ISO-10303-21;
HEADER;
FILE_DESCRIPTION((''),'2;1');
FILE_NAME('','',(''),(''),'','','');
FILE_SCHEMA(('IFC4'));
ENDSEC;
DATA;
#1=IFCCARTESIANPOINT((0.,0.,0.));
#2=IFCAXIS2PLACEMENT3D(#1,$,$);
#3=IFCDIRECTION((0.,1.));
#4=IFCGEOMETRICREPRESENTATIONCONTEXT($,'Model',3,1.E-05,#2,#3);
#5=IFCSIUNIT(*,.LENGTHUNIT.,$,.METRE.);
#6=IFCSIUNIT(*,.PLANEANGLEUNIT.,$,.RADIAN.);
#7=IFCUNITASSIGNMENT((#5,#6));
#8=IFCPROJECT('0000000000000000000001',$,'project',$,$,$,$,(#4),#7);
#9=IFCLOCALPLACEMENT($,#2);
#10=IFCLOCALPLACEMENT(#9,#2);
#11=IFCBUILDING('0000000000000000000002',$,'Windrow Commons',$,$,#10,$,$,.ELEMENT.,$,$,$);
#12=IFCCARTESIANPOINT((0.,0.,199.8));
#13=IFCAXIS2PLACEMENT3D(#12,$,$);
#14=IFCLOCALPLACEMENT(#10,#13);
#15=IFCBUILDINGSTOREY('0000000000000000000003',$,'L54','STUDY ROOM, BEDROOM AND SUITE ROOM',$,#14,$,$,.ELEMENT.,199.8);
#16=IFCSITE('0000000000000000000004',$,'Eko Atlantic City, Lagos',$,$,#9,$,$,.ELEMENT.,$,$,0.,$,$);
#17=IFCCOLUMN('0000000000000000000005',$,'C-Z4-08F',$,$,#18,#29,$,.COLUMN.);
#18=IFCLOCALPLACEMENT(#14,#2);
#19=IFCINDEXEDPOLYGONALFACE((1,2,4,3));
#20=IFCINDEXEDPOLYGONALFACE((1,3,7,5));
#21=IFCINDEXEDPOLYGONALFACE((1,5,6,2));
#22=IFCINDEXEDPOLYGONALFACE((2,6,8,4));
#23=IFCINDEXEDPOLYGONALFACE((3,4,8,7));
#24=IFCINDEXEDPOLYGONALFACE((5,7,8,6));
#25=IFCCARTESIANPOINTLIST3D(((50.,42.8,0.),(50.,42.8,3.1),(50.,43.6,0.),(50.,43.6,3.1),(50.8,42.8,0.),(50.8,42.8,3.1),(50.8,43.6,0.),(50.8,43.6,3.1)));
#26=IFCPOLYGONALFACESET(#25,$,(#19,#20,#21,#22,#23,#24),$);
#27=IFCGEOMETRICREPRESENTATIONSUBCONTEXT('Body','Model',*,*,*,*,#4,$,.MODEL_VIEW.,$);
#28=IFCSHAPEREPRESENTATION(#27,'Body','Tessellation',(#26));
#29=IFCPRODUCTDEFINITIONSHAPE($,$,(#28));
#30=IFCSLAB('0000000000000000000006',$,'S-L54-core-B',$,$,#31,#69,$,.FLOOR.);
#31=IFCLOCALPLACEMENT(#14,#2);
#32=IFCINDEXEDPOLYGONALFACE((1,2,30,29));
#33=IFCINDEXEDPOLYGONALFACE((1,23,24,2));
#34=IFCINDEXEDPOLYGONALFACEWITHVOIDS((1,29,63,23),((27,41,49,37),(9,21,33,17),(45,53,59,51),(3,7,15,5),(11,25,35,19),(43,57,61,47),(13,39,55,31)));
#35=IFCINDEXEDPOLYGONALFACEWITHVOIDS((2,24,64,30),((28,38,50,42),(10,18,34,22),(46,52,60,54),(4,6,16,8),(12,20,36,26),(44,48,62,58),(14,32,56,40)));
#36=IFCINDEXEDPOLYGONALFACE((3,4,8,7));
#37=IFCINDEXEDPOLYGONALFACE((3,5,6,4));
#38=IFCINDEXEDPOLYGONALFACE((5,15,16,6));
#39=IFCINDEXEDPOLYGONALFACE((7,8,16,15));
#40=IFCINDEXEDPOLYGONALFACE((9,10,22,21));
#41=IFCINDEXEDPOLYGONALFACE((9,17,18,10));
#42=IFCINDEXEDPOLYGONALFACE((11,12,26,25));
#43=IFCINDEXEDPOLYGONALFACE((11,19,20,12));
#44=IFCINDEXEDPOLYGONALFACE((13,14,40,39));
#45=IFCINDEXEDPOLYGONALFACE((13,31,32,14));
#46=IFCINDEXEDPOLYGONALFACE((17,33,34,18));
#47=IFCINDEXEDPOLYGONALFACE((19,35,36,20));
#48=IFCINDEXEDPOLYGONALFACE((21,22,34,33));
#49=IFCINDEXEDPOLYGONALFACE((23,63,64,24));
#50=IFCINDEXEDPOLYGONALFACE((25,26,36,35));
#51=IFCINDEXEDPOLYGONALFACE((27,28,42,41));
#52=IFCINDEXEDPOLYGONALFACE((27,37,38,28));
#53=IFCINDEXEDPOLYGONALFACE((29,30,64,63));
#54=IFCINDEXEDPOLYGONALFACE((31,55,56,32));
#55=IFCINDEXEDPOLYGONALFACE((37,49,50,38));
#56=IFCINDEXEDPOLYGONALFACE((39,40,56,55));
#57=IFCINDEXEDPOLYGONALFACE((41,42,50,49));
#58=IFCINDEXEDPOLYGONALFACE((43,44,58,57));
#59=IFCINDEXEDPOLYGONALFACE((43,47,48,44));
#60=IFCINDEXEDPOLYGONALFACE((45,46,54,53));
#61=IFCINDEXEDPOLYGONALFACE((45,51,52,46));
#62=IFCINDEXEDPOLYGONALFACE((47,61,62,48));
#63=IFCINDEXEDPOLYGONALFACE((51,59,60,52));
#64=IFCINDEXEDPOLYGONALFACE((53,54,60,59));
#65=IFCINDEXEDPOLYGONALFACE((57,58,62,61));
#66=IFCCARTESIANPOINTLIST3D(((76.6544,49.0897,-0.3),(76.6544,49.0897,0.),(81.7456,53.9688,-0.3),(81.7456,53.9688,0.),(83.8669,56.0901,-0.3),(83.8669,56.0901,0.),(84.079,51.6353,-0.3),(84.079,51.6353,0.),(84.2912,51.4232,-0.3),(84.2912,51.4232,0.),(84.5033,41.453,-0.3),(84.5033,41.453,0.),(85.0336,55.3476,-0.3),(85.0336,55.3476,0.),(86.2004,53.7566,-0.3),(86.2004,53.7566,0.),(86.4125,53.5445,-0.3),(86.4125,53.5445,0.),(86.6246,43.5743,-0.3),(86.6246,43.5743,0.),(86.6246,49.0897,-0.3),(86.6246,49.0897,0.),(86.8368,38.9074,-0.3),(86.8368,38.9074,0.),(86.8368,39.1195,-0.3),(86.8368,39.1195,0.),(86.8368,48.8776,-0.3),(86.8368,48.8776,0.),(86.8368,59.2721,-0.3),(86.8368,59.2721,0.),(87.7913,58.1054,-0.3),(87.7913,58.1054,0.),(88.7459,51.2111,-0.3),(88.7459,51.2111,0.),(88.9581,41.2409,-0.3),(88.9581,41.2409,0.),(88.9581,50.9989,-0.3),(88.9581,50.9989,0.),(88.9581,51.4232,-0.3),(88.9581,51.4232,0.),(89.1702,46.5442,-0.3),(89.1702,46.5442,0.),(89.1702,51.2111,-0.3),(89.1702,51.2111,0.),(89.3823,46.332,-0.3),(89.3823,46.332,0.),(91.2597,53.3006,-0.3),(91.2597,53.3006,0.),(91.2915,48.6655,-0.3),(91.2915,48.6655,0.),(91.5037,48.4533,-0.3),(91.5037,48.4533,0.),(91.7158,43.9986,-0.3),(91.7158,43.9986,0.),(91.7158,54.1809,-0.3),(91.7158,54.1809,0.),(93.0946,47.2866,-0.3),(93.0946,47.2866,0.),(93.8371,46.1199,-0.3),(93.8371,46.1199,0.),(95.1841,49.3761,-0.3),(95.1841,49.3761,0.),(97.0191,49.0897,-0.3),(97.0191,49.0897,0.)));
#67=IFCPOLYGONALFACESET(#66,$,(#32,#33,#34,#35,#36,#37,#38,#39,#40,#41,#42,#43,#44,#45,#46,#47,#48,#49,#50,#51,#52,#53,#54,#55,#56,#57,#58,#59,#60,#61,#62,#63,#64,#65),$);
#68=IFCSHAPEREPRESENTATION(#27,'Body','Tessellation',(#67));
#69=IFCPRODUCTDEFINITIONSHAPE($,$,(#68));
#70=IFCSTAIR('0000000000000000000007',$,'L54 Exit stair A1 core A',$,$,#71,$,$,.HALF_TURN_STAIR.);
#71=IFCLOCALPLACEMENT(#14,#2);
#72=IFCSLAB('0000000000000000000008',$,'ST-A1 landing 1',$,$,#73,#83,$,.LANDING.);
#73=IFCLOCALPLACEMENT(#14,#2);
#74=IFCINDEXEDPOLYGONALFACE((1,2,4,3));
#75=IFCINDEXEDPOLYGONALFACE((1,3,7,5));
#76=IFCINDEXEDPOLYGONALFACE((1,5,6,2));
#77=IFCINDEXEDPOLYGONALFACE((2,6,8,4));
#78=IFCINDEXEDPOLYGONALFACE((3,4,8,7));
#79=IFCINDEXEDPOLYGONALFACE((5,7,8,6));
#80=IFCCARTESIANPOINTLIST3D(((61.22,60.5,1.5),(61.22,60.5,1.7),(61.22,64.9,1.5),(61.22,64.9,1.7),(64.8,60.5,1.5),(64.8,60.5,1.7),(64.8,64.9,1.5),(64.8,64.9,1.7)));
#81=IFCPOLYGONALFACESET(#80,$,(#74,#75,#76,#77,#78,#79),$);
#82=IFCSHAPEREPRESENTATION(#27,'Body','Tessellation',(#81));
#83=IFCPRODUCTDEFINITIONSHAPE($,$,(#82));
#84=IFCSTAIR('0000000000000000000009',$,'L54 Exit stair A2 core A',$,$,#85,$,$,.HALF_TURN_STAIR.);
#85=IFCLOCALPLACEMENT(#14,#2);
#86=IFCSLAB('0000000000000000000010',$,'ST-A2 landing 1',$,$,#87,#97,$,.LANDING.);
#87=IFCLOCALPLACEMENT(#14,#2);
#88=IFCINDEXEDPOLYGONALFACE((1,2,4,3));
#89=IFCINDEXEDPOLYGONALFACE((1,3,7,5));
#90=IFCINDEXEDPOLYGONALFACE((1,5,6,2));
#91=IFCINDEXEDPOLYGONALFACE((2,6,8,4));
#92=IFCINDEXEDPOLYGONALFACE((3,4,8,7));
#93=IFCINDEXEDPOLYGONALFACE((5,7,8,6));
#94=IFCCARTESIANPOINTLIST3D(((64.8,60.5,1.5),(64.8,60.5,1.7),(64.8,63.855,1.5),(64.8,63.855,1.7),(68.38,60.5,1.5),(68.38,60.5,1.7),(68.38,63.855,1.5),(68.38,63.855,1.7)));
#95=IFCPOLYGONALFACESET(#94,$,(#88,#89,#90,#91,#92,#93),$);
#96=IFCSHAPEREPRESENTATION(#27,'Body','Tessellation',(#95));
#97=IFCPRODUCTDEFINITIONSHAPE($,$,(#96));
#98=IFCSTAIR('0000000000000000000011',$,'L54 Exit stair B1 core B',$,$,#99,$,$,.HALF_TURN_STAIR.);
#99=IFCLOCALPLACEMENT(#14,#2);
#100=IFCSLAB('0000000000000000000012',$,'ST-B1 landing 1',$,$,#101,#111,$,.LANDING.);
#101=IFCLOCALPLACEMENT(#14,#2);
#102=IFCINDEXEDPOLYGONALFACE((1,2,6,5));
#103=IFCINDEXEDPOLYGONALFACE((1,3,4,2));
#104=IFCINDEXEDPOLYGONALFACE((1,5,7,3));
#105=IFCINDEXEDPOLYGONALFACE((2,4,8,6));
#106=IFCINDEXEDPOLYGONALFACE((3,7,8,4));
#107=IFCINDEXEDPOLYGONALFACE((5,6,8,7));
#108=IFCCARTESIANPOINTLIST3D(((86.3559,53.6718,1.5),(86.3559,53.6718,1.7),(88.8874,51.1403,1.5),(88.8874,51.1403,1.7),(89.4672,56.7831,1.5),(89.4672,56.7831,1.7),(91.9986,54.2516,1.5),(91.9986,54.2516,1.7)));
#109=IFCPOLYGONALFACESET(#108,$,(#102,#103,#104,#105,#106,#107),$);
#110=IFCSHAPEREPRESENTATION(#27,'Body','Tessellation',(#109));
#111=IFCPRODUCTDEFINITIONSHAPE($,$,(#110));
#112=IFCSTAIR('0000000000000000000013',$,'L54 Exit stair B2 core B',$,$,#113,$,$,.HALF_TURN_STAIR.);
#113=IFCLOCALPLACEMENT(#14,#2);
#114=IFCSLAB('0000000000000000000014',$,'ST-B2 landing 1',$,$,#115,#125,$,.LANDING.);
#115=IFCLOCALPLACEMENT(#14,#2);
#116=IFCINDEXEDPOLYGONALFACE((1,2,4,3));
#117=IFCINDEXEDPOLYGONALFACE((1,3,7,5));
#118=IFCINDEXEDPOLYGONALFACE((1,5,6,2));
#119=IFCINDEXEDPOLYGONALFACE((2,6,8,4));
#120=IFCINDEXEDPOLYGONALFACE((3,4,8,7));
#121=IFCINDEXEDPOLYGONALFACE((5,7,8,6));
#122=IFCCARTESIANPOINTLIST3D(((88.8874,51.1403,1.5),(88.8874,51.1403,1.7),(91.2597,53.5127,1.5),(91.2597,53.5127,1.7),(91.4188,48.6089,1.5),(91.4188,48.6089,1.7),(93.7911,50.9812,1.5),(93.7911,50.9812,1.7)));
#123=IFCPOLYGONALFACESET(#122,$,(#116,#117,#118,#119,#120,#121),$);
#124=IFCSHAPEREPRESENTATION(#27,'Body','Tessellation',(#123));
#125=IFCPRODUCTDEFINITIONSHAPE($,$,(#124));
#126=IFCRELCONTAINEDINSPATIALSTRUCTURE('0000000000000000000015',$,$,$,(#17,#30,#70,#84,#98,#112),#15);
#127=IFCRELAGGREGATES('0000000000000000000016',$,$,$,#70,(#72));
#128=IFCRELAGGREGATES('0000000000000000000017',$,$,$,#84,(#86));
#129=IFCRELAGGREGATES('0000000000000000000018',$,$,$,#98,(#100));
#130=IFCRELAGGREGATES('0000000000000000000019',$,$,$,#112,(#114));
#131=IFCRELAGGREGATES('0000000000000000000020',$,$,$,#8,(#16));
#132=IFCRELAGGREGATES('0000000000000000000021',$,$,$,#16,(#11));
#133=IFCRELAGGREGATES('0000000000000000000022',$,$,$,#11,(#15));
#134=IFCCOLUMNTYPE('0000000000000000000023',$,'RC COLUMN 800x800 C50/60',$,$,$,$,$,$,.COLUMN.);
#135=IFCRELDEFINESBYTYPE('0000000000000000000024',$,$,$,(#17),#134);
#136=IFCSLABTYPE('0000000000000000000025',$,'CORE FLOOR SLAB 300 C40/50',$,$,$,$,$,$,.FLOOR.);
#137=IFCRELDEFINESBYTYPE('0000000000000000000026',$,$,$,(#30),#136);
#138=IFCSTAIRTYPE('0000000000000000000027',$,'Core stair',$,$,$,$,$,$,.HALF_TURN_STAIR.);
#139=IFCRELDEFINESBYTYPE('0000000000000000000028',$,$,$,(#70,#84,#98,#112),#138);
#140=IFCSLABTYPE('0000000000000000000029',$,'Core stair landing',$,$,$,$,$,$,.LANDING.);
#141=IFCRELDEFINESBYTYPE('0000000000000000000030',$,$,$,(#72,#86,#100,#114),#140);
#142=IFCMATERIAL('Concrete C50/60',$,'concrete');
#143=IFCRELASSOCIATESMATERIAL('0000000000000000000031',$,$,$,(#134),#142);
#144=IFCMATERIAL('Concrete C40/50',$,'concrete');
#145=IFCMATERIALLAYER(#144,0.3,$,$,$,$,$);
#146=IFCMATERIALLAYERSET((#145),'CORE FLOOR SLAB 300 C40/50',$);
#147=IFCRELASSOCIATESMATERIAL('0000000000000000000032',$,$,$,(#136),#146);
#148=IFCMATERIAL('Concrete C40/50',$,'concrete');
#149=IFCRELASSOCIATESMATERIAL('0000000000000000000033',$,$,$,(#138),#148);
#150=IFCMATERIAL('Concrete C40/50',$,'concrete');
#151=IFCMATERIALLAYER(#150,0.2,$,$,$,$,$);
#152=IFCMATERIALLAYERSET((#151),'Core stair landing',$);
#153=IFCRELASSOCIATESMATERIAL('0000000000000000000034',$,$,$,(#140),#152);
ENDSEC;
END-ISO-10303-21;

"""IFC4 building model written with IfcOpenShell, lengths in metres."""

from ifc_helpers import new_model, si_unit, direction, frame, origin, origin_2d, place, context, subcontext, project, spatial, polyline, rectangle, outline, extrude, material, layer, layer_set, material_profile, profile_set, type_object, element, aggregate, save


model = new_model("IFC4")

# Units and contexts
model_context = context("Model", 3, precision=1e-05, world=origin(), true_north=direction((0.0, 1.0)))
body_context = subcontext(model_context, "Body", "Model", "MODEL_VIEW")
ifc_project = project(units=[si_unit("LENGTHUNIT", "METRE"), si_unit("PLANEANGLEUNIT", "RADIAN")], contexts=[model_context])

# Site, building, storey
site_placement = place(None, origin())
site = spatial("IfcSite", under=ifc_project, at=site_placement, Name="Eko Atlantic City, Lagos", CompositionType="ELEMENT", RefElevation=0.0)
building_placement = place(site_placement, origin())
building = spatial("IfcBuilding", under=site, at=building_placement, Name="Windrow Commons", CompositionType="ELEMENT")
storey_placement = place(building_placement, frame((0.0, 0.0, 199.8)))
storey = spatial("IfcBuildingStorey", under=building, at=storey_placement, Name="L54", Description="STUDY ROOM, BEDROOM AND SUITE ROOM", CompositionType="ELEMENT", Elevation=199.8)

# Column
ifc_material_1 = material(Name="Concrete C50/60", Category="concrete")
ifc_material_profile = material_profile(ifc_material_1, rectangle(XDim=0.8, YDim=0.8, at=origin_2d()))
ifc_profile_set = profile_set([ifc_material_profile], Name="Concrete C50/60")
column_type = type_object("IfcColumnType", Name="RC COLUMN 800x800 C50/60", PredefinedType="COLUMN", material=ifc_profile_set)
column_placement = place(storey_placement, frame((50.4, 43.2, 0.0), z_axis=(0.0, 0.0, 1.0), x_axis=(1.0, 0.0, 0.0)))
element("IfcColumn", 1, at=column_placement, inside=storey, type_object=column_type, Name="C-Z4-08F", PredefinedType="COLUMN", context=body_context, shape_type="SweptSolid", body=[
    extrude(rectangle(XDim=0.8, YDim=0.8, at=origin_2d()), origin(), (0.0, 0.0, 1.0), 3.1),
])

# Slab, openings
ifc_material_2 = material(Name="Concrete C40/50", Category="concrete")
ifc_layer_1 = layer(ifc_material_2, 0.3)
ifc_layer_set_1 = layer_set([ifc_layer_1], Name="CORE FLOOR SLAB 300 C40/50")
slab_type_1 = type_object("IfcSlabType", Name="CORE FLOOR SLAB 300 C40/50", PredefinedType="FLOOR", material=ifc_layer_set_1)
placement_1 = place(storey_placement, frame((0.0, 0.0, -0.3)))
slab_1 = element("IfcSlab", 2, at=placement_1, inside=storey, type_object=slab_type_1, Name="S-L54-core-B", PredefinedType="FLOOR", context=body_context, shape_type="SweptSolid", body=[
    extrude(outline(polyline([(76.6544, 49.0897), (86.8368, 38.9074), (97.0191, 49.0897), (86.8368, 59.2721), (76.6544, 49.0897)]), holes=[polyline([(84.5033, 41.453), (86.8368, 39.1195), (88.9581, 41.2409), (86.6246, 43.5743), (84.5033, 41.453)]), polyline([(81.7456, 53.9688), (84.079, 51.6353), (86.2004, 53.7566), (83.8669, 56.0901), (81.7456, 53.9688)]), polyline([(84.2912, 51.4232), (86.6246, 49.0897), (88.7459, 51.2111), (86.4125, 53.5445), (84.2912, 51.4232)]), polyline([(86.8368, 48.8776), (89.1702, 46.5442), (91.2915, 48.6655), (88.9581, 50.9989), (86.8368, 48.8776)]), polyline([(89.3823, 46.332), (91.7158, 43.9986), (93.8371, 46.1199), (91.5037, 48.4533), (89.3823, 46.332)]), polyline([(85.0336, 55.3476), (88.9581, 51.4232), (91.7158, 54.1809), (87.7913, 58.1054), (85.0336, 55.3476)]), polyline([(89.1702, 51.2111), (93.0946, 47.2866), (95.1841, 49.3761), (91.2597, 53.3006), (89.1702, 51.2111)])]), origin(), (0.0, 0.0, 1.0), 0.3),
])
opening_1_placement = place(placement_1, origin())
element("IfcOpeningElement", 3, at=opening_1_placement, cuts=slab_1, PredefinedType="OPENING", context=body_context, shape_type="SweptSolid", body=[
    extrude(outline(polyline([(84.5104, 41.453), (86.6246, 43.5672), (88.951, 41.2409), (86.8368, 39.1266), (84.5104, 41.453)])), origin(), (0.0, 0.0, 1.0), 0.3),
])
opening_2_placement = place(placement_1, origin())
element("IfcOpeningElement", 4, at=opening_2_placement, cuts=slab_1, PredefinedType="OPENING", context=body_context, shape_type="SweptSolid", body=[
    extrude(outline(polyline([(81.7527, 53.9688), (83.8669, 56.083), (86.1933, 53.7566), (84.079, 51.6424), (81.7527, 53.9688)])), origin(), (0.0, 0.0, 1.0), 0.3),
])
opening_3_placement = place(placement_1, origin())
element("IfcOpeningElement", 5, at=opening_3_placement, cuts=slab_1, PredefinedType="OPENING", context=body_context, shape_type="SweptSolid", body=[
    extrude(outline(polyline([(84.2983, 51.4232), (86.4125, 53.5374), (88.7388, 51.2111), (86.6246, 49.0968), (84.2983, 51.4232)])), origin(), (0.0, 0.0, 1.0), 0.3),
])
opening_4_placement = place(placement_1, origin())
element("IfcOpeningElement", 6, at=opening_4_placement, cuts=slab_1, PredefinedType="OPENING", context=body_context, shape_type="SweptSolid", body=[
    extrude(outline(polyline([(86.8439, 48.8776), (88.9581, 50.9918), (91.2844, 48.6655), (89.1702, 46.5513), (86.8439, 48.8776)])), origin(), (0.0, 0.0, 1.0), 0.3),
])
opening_5_placement = place(placement_1, origin())
element("IfcOpeningElement", 7, at=opening_5_placement, cuts=slab_1, PredefinedType="OPENING", context=body_context, shape_type="SweptSolid", body=[
    extrude(outline(polyline([(89.3894, 46.332), (91.5037, 48.4462), (93.83, 46.1199), (91.7158, 44.0057), (89.3894, 46.332)])), origin(), (0.0, 0.0, 1.0), 0.3),
])
opening_6_placement = place(placement_1, origin())
element("IfcOpeningElement", 8, at=opening_6_placement, cuts=slab_1, PredefinedType="OPENING", context=body_context, shape_type="SweptSolid", body=[
    extrude(outline(polyline([(85.0407, 55.3476), (87.7913, 58.0983), (91.7087, 54.1809), (88.9581, 51.4303), (85.0407, 55.3476)])), origin(), (0.0, 0.0, 1.0), 0.3),
])
opening_7_placement = place(placement_1, origin())
element("IfcOpeningElement", 9, at=opening_7_placement, cuts=slab_1, PredefinedType="OPENING", context=body_context, shape_type="SweptSolid", body=[
    extrude(outline(polyline([(89.1773, 51.2111), (91.2597, 53.2935), (95.177, 49.3761), (93.0946, 47.2937), (89.1773, 51.2111)])), origin(), (0.0, 0.0, 1.0), 0.3),
])

# Stairs, slabs
ifc_material_3 = material(Name="Concrete C40/50", Category="concrete")
stair_type = type_object("IfcStairType", Name="Core stair", PredefinedType="HALF_TURN_STAIR", material=ifc_material_3)
placement_2 = place(storey_placement, origin())
stair_1 = element("IfcStair", 10, at=placement_2, inside=storey, type_object=stair_type, Name="L54 Exit stair A1 core A", PredefinedType="HALF_TURN_STAIR")
ifc_material_4 = material(Name="Concrete C40/50", Category="concrete")
ifc_layer_2 = layer(ifc_material_4, 0.2)
ifc_layer_set_2 = layer_set([ifc_layer_2], Name="Core stair landing")
slab_type_2 = type_object("IfcSlabType", Name="Core stair landing", PredefinedType="LANDING", material=ifc_layer_set_2)
placement_3 = place(storey_placement, frame((0.0, 0.0, 1.5)))
slab_2 = element("IfcSlab", 11, at=placement_3, type_object=slab_type_2, Name="ST-A1 landing 1", PredefinedType="LANDING", context=body_context, shape_type="SweptSolid", body=[
    extrude(outline(polyline([(61.22, 60.5), (64.8, 60.5), (64.8, 64.9), (61.22, 64.9), (61.22, 60.5)])), origin(), (0.0, 0.0, 1.0), 0.2),
])
aggregate(stair_1, [slab_2])
stair_2 = element("IfcStair", 12, at=placement_2, inside=storey, type_object=stair_type, Name="L54 Exit stair A2 core A", PredefinedType="HALF_TURN_STAIR")
slab_3 = element("IfcSlab", 13, at=placement_3, type_object=slab_type_2, Name="ST-A2 landing 1", PredefinedType="LANDING", context=body_context, shape_type="SweptSolid", body=[
    extrude(outline(polyline([(64.8, 60.5), (68.38, 60.5), (68.38, 63.855), (64.8, 63.855), (64.8, 60.5)])), origin(), (0.0, 0.0, 1.0), 0.2),
])
aggregate(stair_2, [slab_3])
stair_3 = element("IfcStair", 14, at=placement_2, inside=storey, type_object=stair_type, Name="L54 Exit stair B1 core B", PredefinedType="HALF_TURN_STAIR")
slab_4 = element("IfcSlab", 15, at=placement_3, type_object=slab_type_2, Name="ST-B1 landing 1", PredefinedType="LANDING", context=body_context, shape_type="SweptSolid", body=[
    extrude(outline(polyline([(86.3559, 53.6718), (88.8874, 51.1403), (91.9986, 54.2516), (89.4672, 56.7831), (86.3559, 53.6718)])), origin(), (0.0, 0.0, 1.0), 0.2),
])
aggregate(stair_3, [slab_4])
stair_4 = element("IfcStair", 16, at=placement_2, inside=storey, type_object=stair_type, Name="L54 Exit stair B2 core B", PredefinedType="HALF_TURN_STAIR")
slab_5 = element("IfcSlab", 17, at=placement_3, type_object=slab_type_2, Name="ST-B2 landing 1", PredefinedType="LANDING", context=body_context, shape_type="SweptSolid", body=[
    extrude(outline(polyline([(88.8874, 51.1403), (91.4188, 48.6089), (93.7911, 50.9812), (91.2597, 53.5127), (88.8874, 51.1403)])), origin(), (0.0, 0.0, 1.0), 0.2),
])
aggregate(stair_4, [slab_5])

save(model, "model.ifc")
